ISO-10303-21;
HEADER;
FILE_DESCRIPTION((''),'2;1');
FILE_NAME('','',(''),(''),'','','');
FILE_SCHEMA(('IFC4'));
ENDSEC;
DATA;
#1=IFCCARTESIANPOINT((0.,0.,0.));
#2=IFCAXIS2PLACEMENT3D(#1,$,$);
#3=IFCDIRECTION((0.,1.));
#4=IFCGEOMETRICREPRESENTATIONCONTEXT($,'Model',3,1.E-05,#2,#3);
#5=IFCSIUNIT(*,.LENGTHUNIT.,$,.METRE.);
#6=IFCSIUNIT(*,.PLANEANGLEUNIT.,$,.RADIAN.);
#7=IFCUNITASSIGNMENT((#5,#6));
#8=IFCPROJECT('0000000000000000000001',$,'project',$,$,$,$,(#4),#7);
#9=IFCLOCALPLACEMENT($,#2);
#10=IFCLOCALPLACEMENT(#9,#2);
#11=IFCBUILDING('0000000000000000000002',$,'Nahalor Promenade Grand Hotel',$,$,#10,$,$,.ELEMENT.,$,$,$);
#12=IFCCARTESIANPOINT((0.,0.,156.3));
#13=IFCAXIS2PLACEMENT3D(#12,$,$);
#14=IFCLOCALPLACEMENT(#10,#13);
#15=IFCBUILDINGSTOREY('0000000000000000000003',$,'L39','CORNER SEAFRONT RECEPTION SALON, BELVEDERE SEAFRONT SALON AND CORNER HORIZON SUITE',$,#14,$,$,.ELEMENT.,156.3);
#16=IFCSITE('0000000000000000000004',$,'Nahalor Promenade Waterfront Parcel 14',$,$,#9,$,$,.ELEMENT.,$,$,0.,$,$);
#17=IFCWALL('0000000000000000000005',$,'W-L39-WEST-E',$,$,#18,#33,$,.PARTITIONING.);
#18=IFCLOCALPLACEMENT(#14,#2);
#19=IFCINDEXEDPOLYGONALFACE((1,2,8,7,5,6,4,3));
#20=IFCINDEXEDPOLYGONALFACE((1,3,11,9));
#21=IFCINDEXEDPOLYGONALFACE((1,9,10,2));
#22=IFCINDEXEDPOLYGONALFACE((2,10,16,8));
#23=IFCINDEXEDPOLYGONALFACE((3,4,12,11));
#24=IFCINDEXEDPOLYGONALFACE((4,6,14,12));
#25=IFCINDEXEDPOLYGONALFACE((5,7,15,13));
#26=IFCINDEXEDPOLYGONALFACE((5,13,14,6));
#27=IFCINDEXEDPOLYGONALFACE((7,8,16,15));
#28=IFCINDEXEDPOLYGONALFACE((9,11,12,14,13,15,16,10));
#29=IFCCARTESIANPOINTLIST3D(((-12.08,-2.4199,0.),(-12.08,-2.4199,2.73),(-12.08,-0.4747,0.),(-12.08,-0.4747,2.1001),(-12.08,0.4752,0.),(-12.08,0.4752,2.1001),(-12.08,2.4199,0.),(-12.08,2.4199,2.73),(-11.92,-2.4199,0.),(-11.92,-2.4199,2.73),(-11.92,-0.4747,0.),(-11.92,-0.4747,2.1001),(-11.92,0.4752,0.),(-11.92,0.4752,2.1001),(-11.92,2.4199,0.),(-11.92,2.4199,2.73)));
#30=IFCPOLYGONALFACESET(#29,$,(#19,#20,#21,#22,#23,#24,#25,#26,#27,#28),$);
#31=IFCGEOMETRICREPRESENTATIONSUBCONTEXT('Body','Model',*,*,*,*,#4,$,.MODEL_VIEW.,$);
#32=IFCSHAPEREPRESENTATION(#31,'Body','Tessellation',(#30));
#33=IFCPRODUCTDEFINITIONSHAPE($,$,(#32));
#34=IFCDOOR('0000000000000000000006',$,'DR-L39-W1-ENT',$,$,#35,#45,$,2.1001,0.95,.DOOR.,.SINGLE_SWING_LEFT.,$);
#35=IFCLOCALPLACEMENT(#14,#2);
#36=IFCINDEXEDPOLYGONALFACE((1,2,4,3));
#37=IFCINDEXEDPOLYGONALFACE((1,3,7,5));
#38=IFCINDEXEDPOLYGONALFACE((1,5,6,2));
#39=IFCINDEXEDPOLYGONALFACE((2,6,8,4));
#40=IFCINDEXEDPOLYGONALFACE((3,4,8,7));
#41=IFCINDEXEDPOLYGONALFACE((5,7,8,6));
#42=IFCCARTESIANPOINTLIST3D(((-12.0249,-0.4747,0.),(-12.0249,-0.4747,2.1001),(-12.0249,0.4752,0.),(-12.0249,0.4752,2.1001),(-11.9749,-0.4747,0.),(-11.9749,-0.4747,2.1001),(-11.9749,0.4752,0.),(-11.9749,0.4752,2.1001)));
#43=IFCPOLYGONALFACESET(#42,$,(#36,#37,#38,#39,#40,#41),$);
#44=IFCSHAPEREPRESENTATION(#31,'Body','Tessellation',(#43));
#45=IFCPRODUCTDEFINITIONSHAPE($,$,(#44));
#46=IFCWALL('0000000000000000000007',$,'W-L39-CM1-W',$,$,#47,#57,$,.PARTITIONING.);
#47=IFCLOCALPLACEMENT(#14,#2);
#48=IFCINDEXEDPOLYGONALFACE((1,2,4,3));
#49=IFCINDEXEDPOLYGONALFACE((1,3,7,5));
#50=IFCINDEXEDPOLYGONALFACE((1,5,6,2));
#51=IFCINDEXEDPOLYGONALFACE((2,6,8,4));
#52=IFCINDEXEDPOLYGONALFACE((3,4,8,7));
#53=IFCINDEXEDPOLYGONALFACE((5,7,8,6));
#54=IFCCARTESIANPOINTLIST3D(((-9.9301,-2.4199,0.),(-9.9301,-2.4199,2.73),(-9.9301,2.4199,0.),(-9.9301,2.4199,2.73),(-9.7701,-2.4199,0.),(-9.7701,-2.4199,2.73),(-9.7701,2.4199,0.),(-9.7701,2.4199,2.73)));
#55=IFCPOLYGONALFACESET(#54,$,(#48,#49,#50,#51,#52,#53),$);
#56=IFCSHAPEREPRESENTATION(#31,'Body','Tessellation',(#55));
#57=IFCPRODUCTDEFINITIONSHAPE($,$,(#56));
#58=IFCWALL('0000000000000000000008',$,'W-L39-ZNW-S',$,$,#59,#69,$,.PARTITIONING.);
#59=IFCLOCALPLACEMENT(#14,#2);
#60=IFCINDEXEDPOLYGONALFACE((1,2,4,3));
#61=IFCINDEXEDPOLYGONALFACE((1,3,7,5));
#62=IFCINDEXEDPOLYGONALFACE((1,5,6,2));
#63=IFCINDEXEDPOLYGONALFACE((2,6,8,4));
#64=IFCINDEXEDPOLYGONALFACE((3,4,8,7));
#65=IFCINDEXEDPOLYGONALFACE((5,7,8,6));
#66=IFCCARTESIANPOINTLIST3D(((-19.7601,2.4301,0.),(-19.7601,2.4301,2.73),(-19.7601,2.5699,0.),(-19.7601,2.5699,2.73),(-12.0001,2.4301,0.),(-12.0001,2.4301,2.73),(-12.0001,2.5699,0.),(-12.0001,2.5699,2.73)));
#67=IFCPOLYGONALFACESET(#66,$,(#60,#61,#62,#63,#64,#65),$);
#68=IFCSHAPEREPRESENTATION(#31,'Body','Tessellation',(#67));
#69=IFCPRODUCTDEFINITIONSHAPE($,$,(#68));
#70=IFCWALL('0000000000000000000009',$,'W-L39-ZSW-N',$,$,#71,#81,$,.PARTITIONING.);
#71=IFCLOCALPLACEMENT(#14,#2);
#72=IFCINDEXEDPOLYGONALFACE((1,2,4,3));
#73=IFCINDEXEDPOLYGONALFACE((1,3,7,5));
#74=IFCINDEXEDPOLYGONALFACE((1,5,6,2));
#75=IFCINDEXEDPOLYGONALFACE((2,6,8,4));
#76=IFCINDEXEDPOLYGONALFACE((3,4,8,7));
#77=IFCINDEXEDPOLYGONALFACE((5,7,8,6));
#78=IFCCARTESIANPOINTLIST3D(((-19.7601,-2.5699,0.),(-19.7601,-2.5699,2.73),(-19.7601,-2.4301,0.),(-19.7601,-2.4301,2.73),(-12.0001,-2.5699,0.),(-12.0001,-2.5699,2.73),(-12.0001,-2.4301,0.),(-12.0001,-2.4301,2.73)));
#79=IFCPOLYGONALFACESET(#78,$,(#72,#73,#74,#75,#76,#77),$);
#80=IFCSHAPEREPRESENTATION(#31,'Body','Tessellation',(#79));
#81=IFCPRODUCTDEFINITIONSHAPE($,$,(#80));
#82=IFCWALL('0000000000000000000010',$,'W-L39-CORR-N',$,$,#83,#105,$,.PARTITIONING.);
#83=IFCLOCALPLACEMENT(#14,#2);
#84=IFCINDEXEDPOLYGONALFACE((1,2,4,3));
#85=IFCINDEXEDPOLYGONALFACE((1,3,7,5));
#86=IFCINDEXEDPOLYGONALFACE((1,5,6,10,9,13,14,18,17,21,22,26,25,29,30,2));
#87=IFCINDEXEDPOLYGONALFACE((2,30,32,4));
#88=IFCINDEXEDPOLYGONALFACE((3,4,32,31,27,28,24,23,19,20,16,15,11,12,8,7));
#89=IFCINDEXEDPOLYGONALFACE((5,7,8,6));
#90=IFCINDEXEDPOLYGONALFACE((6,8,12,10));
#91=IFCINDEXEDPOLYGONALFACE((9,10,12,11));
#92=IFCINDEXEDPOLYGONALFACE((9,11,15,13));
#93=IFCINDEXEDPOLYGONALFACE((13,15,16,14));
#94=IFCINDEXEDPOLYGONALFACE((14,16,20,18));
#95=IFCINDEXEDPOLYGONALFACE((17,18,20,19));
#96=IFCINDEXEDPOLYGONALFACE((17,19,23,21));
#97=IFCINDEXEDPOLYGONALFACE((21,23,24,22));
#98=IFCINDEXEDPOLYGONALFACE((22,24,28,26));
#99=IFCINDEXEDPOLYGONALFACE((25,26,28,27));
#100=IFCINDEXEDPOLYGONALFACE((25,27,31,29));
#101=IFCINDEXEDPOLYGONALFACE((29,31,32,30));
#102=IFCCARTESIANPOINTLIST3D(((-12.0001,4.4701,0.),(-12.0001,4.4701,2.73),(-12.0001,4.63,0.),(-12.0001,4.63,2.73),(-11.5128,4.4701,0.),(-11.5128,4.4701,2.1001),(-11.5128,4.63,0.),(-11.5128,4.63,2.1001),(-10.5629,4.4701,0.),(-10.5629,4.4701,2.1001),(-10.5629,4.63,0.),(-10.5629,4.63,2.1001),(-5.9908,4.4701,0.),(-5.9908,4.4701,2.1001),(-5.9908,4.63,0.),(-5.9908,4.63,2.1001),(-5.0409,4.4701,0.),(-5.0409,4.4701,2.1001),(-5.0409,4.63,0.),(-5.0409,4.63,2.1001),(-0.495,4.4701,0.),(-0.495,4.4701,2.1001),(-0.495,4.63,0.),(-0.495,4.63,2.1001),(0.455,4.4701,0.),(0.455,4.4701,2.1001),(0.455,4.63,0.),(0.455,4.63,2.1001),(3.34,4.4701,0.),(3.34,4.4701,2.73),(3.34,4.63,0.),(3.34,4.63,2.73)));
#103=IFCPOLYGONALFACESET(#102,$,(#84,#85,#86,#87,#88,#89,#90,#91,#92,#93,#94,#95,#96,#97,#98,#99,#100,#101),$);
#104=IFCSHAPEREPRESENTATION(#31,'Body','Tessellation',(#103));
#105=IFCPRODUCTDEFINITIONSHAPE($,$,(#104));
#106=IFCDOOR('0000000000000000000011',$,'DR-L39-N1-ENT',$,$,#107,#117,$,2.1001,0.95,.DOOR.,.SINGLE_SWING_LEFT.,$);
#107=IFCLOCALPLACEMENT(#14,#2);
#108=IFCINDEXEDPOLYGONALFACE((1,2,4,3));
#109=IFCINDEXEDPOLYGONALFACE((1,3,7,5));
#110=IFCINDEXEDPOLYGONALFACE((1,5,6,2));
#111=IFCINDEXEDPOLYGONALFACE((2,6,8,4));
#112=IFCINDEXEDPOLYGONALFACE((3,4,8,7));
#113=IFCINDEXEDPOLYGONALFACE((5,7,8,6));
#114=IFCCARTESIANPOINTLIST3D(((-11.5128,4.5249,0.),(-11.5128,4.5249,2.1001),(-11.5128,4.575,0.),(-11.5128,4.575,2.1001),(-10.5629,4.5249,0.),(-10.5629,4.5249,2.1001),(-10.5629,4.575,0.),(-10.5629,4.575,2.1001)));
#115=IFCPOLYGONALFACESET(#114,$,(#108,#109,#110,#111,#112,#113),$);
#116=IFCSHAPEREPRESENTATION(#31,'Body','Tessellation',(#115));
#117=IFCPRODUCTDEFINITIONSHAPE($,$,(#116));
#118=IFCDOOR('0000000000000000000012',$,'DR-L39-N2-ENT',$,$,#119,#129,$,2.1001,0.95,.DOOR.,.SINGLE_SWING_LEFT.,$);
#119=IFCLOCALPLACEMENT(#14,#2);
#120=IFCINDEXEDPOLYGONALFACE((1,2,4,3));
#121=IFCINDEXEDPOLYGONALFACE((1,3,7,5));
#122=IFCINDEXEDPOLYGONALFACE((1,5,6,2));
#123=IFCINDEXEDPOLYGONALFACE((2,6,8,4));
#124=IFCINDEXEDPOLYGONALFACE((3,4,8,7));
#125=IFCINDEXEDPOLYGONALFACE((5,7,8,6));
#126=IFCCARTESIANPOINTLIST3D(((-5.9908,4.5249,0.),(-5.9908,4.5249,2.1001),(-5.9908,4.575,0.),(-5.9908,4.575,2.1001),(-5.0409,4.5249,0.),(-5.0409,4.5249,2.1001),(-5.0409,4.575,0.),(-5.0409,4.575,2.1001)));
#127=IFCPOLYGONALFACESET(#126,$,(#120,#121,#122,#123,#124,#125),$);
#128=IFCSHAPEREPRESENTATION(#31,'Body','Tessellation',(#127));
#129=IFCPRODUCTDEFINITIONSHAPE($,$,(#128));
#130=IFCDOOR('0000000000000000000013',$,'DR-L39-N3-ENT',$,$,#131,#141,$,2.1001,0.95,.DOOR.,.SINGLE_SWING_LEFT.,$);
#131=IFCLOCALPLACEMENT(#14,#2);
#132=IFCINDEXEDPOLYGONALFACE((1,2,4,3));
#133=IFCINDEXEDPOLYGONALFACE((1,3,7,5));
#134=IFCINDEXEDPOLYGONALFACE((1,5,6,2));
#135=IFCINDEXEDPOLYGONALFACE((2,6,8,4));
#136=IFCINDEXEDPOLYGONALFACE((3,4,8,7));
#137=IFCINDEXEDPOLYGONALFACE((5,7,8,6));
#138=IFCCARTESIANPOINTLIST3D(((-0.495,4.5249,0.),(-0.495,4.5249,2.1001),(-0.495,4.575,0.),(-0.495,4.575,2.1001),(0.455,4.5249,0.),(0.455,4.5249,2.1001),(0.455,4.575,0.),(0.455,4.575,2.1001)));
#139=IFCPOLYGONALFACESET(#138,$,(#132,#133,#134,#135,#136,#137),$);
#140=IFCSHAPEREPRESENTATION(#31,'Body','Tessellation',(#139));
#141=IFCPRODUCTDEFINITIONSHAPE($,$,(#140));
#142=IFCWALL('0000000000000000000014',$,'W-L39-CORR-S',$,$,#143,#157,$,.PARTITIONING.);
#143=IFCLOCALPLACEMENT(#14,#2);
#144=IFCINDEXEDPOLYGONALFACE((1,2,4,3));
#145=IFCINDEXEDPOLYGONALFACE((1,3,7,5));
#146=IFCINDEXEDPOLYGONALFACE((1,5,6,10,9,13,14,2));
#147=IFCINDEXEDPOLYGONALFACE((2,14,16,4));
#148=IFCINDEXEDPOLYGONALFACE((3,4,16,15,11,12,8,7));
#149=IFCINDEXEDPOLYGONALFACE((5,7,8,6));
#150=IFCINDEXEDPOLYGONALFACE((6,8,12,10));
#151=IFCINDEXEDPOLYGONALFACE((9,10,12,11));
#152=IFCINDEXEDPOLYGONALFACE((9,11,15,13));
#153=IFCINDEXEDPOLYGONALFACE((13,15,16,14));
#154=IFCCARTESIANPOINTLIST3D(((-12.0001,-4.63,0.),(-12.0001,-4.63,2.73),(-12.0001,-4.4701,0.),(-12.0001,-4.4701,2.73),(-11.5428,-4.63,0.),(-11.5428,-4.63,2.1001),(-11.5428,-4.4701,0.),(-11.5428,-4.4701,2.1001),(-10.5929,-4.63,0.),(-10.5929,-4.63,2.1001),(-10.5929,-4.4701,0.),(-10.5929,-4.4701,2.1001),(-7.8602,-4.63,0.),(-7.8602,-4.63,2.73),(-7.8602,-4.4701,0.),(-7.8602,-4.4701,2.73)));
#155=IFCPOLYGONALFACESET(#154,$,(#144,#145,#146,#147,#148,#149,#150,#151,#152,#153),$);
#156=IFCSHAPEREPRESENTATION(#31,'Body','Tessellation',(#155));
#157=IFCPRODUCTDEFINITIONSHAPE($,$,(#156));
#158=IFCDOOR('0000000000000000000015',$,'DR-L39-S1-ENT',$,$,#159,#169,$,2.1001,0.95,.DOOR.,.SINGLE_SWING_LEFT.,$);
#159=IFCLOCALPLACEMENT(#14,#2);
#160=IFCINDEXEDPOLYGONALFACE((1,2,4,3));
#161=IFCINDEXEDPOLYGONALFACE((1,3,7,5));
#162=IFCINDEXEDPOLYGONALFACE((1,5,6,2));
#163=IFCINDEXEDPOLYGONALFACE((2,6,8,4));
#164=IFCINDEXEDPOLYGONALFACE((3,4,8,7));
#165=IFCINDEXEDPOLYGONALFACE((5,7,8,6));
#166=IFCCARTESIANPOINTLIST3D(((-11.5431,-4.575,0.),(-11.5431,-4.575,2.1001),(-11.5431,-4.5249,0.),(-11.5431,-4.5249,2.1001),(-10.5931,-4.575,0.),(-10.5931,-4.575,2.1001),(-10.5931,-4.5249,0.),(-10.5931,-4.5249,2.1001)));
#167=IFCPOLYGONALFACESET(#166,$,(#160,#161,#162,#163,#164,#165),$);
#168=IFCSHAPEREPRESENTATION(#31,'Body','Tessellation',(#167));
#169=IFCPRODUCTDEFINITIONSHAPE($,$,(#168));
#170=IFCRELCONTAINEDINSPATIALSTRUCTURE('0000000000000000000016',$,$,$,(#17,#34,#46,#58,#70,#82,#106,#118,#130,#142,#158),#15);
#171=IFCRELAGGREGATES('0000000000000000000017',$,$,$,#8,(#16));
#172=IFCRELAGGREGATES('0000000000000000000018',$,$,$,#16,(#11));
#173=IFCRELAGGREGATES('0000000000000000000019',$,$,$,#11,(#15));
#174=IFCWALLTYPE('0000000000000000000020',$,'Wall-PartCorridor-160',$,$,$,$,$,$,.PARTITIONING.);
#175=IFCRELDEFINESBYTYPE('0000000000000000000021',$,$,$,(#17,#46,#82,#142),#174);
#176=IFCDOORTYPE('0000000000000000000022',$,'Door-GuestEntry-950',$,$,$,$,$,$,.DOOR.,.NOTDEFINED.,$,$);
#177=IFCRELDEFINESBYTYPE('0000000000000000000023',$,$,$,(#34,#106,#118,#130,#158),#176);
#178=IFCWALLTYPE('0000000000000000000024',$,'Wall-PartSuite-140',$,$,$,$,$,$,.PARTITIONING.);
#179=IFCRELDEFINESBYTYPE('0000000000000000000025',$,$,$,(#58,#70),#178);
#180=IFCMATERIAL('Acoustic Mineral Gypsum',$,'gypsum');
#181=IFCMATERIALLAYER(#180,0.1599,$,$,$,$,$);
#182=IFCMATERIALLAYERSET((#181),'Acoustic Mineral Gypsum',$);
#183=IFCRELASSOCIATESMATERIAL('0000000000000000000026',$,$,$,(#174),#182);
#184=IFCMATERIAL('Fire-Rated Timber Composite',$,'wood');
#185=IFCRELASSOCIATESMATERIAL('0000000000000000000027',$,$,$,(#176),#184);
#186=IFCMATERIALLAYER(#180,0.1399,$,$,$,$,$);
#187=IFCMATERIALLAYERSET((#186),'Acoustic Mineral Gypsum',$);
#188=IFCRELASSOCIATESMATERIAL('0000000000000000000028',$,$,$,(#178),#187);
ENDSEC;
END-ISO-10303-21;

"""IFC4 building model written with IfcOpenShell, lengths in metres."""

from ifc_helpers import new_model, si_unit, direction, frame, frame_2d, origin, place, context, subcontext, project, spatial, rectangle, extrude, source, transform, mapped, material, layer, layer_set, type_object, element, fill, save


model = new_model("IFC4")

# Units and contexts
model_context = context("Model", 3, precision=1e-05, world=origin(), true_north=direction((0.0, 1.0)))
body_context = subcontext(model_context, "Body", "Model", "MODEL_VIEW")
ifc_project = project(units=[si_unit("LENGTHUNIT", "METRE"), si_unit("PLANEANGLEUNIT", "RADIAN")], contexts=[model_context])

# Site, building, storey
site_placement = place(None, origin())
site = spatial("IfcSite", under=ifc_project, at=site_placement, Name="Nahalor Promenade Waterfront Parcel 14", CompositionType="ELEMENT", RefElevation=0.0)
building_placement = place(site_placement, origin())
building = spatial("IfcBuilding", under=site, at=building_placement, Name="Nahalor Promenade Grand Hotel", CompositionType="ELEMENT")
storey_placement = place(building_placement, frame((0.0, 0.0, 156.3)))
storey = spatial("IfcBuildingStorey", under=building, at=storey_placement, Name="L39", Description="CORNER SEAFRONT RECEPTION SALON, BELVEDERE SEAFRONT SALON AND CORNER HORIZON SUITE", CompositionType="ELEMENT", Elevation=156.3)

# Shared definitions
ifc_material_1 = material(Name="Acoustic Mineral Gypsum", Category="gypsum")
ifc_layer_1 = layer(ifc_material_1, 0.1599)
ifc_layer_set_1 = layer_set([ifc_layer_1], Name="Acoustic Mineral Gypsum")
wall_type_1 = type_object("IfcWallType", Name="Wall-PartCorridor-160", PredefinedType="PARTITIONING", material=ifc_layer_set_1)
ifc_material_2 = material(Name="Fire-Rated Timber Composite", Category="wood")
door_type_1 = type_object("IfcDoorType", Name="Door-GuestEntry-950", OperationType="NOTDEFINED", PredefinedType="DOOR", material=ifc_material_2)
shared_shape_1 = source(origin(), body_context, "Body", "SweptSolid", [
    extrude(rectangle(XDim=0.95, YDim=2.1001, at=frame_2d((0.4751, 1.05))), frame((0.0, 0.0249, 0.0), z_axis=(0.0, -1.0, 0.0), x_axis=(1.0, 0.0, 0.0)), (0.0, 0.0, 1.0), 0.05),
])

# Shared definitions
ifc_layer_2 = layer(ifc_material_1, 0.1399)
ifc_layer_set_2 = layer_set([ifc_layer_2], Name="Acoustic Mineral Gypsum")
wall_type_2 = type_object("IfcWallType", Name="Wall-PartSuite-140", PredefinedType="PARTITIONING", material=ifc_layer_set_2)

# Wall, opening, door
shared_shape_2 = source(origin(), body_context, "Body", "SweptSolid", [
    extrude(rectangle(XDim=4.8398, YDim=0.1599, at=frame_2d((2.4199, 0.0))), origin(), (0.0, 0.0, 1.0), 2.73),
])
wall_1_placement = place(storey_placement, frame((-12.0, -2.4199, 0.0), z_axis=(0.0, 0.0, 1.0), x_axis=(0.0, 1.0, 0.0)))
wall_1 = element("IfcWall", 1, at=wall_1_placement, inside=storey, type_object=wall_type_1, Name="W-L39-WEST-E", PredefinedType="PARTITIONING", context=body_context, shape_type="MappedRepresentation", body=[
    mapped(shared_shape_2, transform((0.0, 0.0, 0.0), scale=1.0)),
])
opening_1_placement = place(wall_1_placement, frame((1.9451, 0.0, 0.0)))
opening_1 = element("IfcOpeningElement", 2, at=opening_1_placement, cuts=wall_1, PredefinedType="OPENING", context=body_context, shape_type="SweptSolid", body=[
    extrude(rectangle(XDim=0.95, YDim=2.1001, at=frame_2d((0.4751, 1.05))), frame((0.0, 0.0898, 0.0), z_axis=(0.0, -1.0, 0.0), x_axis=(1.0, 0.0, 0.0)), (0.0, 0.0, 1.0), 0.1799),
])
door_1_placement = place(opening_1_placement, origin())
door_1 = element("IfcDoor", 3, at=door_1_placement, inside=storey, type_object=door_type_1, Name="DR-L39-W1-ENT", OperationType="SINGLE_SWING_LEFT", OverallHeight=2.1001, OverallWidth=0.95, PredefinedType="DOOR", context=body_context, shape_type="MappedRepresentation", body=[
    mapped(shared_shape_1, transform((0.0, 0.0, 0.0), scale=1.0)),
])
fill(opening_1, door_1)

# Walls
wall_2_placement = place(storey_placement, frame((-9.8501, -2.4199, 0.0), z_axis=(0.0, 0.0, 1.0), x_axis=(0.0, 1.0, 0.0)))
element("IfcWall", 4, at=wall_2_placement, inside=storey, type_object=wall_type_1, Name="W-L39-CM1-W", PredefinedType="PARTITIONING", context=body_context, shape_type="MappedRepresentation", body=[
    mapped(shared_shape_2, transform((0.0, 0.0, 0.0), scale=1.0)),
])
shared_shape_3 = source(origin(), body_context, "Body", "SweptSolid", [
    extrude(rectangle(XDim=7.76, YDim=0.1399, at=frame_2d((3.8799, 0.0))), origin(), (0.0, 0.0, 1.0), 2.73),
])
for number, where, z_axis, x_axis, name in (
    (5, (-19.76, 2.5, 0.0), (0.0, 0.0, 1.0), (1.0, 0.0, 0.0), "W-L39-ZNW-S"),
    (6, (-19.76, -2.5, 0.0), (0.0, 0.0, 1.0), (1.0, 0.0, 0.0), "W-L39-ZSW-N"),
):
    element("IfcWall", number, at=place(storey_placement, frame(where, z_axis=z_axis, x_axis=x_axis)), inside=storey, type_object=wall_type_2, Name=name, PredefinedType="PARTITIONING", context=body_context, shape_type="MappedRepresentation", body=[
        mapped(shared_shape_3, transform((0.0, 0.0, 0.0), scale=1.0)),
    ])

# Wall, openings, doors
shared_shape_4 = source(origin(), body_context, "Body", "SweptSolid", [
    extrude(rectangle(XDim=15.3401, YDim=0.1599, at=frame_2d((7.6699, 0.0))), origin(), (0.0, 0.0, 1.0), 2.73),
])
wall_3_placement = place(storey_placement, frame((-12.0, 4.55, 0.0), z_axis=(0.0, 0.0, 1.0), x_axis=(1.0, 0.0, 0.0)))
wall_3 = element("IfcWall", 7, at=wall_3_placement, inside=storey, type_object=wall_type_1, Name="W-L39-CORR-N", PredefinedType="PARTITIONING", context=body_context, shape_type="MappedRepresentation", body=[
    mapped(shared_shape_4, transform((0.0, 0.0, 0.0), scale=1.0)),
])
opening_2_placement = place(wall_3_placement, frame((0.4871, 0.0, 0.0)))
opening_2 = element("IfcOpeningElement", 8, at=opening_2_placement, cuts=wall_3, PredefinedType="OPENING", context=body_context, shape_type="SweptSolid", body=[
    extrude(rectangle(XDim=0.95, YDim=2.1001, at=frame_2d((0.4751, 1.05))), frame((0.0, 0.0898, 0.0), z_axis=(0.0, -1.0, 0.0), x_axis=(1.0, 0.0, 0.0)), (0.0, 0.0, 1.0), 0.1799),
])
opening_3_placement = place(wall_3_placement, frame((6.009, 0.0, 0.0)))
opening_3 = element("IfcOpeningElement", 9, at=opening_3_placement, cuts=wall_3, PredefinedType="OPENING", context=body_context, shape_type="SweptSolid", body=[
    extrude(rectangle(XDim=0.95, YDim=2.1001, at=frame_2d((0.4751, 1.05))), frame((0.0, 0.0898, 0.0), z_axis=(0.0, -1.0, 0.0), x_axis=(1.0, 0.0, 0.0)), (0.0, 0.0, 1.0), 0.1799),
])
opening_4_placement = place(wall_3_placement, frame((11.5049, 0.0, 0.0)))
opening_4 = element("IfcOpeningElement", 10, at=opening_4_placement, cuts=wall_3, PredefinedType="OPENING", context=body_context, shape_type="SweptSolid", body=[
    extrude(rectangle(XDim=0.95, YDim=2.1001, at=frame_2d((0.4751, 1.05))), frame((0.0, 0.0898, 0.0), z_axis=(0.0, -1.0, 0.0), x_axis=(1.0, 0.0, 0.0)), (0.0, 0.0, 1.0), 0.1799),
])
door_2_placement = place(opening_2_placement, origin())
door_2 = element("IfcDoor", 11, at=door_2_placement, inside=storey, type_object=door_type_1, Name="DR-L39-N1-ENT", OperationType="SINGLE_SWING_LEFT", OverallHeight=2.1001, OverallWidth=0.95, PredefinedType="DOOR", context=body_context, shape_type="MappedRepresentation", body=[
    mapped(shared_shape_1, transform((0.0, 0.0, 0.0), scale=1.0)),
])
fill(opening_2, door_2)
door_3_placement = place(opening_3_placement, origin())
door_3 = element("IfcDoor", 12, at=door_3_placement, inside=storey, type_object=door_type_1, Name="DR-L39-N2-ENT", OperationType="SINGLE_SWING_LEFT", OverallHeight=2.1001, OverallWidth=0.95, PredefinedType="DOOR", context=body_context, shape_type="MappedRepresentation", body=[
    mapped(shared_shape_1, transform((0.0, 0.0, 0.0), scale=1.0)),
])
fill(opening_3, door_3)
door_4_placement = place(opening_4_placement, origin())
door_4 = element("IfcDoor", 13, at=door_4_placement, inside=storey, type_object=door_type_1, Name="DR-L39-N3-ENT", OperationType="SINGLE_SWING_LEFT", OverallHeight=2.1001, OverallWidth=0.95, PredefinedType="DOOR", context=body_context, shape_type="MappedRepresentation", body=[
    mapped(shared_shape_1, transform((0.0, 0.0, 0.0), scale=1.0)),
])
fill(opening_4, door_4)

# Wall, opening, door
shared_shape_5 = source(origin(), body_context, "Body", "SweptSolid", [
    extrude(rectangle(XDim=4.1399, YDim=0.1599, at=frame_2d((2.0698, 0.0))), origin(), (0.0, 0.0, 1.0), 2.73),
])
wall_4_placement = place(storey_placement, frame((-12.0, -4.55, 0.0), z_axis=(0.0, 0.0, 1.0), x_axis=(1.0, 0.0, 0.0)))
wall_4 = element("IfcWall", 14, at=wall_4_placement, inside=storey, type_object=wall_type_1, Name="W-L39-CORR-S", PredefinedType="PARTITIONING", context=body_context, shape_type="MappedRepresentation", body=[
    mapped(shared_shape_5, transform((0.0, 0.0, 0.0), scale=1.0)),
])
opening_5_placement = place(wall_4_placement, frame((0.457, 0.0, 0.0)))
opening_5 = element("IfcOpeningElement", 15, at=opening_5_placement, cuts=wall_4, PredefinedType="OPENING", context=body_context, shape_type="SweptSolid", body=[
    extrude(rectangle(XDim=0.95, YDim=2.1001, at=frame_2d((0.4751, 1.05))), frame((0.0, 0.0898, 0.0), z_axis=(0.0, -1.0, 0.0), x_axis=(1.0, 0.0, 0.0)), (0.0, 0.0, 1.0), 0.1799),
])
door_5_placement = place(opening_5_placement, frame((0.95, 0.0, 0.0), z_axis=(0.0, 0.0, 1.0), x_axis=(-1.0, 0.0, 0.0)))
door_5 = element("IfcDoor", 16, at=door_5_placement, inside=storey, type_object=door_type_1, Name="DR-L39-S1-ENT", OperationType="SINGLE_SWING_LEFT", OverallHeight=2.1001, OverallWidth=0.95, PredefinedType="DOOR", context=body_context, shape_type="MappedRepresentation", body=[
    mapped(shared_shape_1, transform((0.0, 0.0, 0.0), scale=1.0)),
])
fill(opening_5, door_5)

save(model, "model.ifc")
